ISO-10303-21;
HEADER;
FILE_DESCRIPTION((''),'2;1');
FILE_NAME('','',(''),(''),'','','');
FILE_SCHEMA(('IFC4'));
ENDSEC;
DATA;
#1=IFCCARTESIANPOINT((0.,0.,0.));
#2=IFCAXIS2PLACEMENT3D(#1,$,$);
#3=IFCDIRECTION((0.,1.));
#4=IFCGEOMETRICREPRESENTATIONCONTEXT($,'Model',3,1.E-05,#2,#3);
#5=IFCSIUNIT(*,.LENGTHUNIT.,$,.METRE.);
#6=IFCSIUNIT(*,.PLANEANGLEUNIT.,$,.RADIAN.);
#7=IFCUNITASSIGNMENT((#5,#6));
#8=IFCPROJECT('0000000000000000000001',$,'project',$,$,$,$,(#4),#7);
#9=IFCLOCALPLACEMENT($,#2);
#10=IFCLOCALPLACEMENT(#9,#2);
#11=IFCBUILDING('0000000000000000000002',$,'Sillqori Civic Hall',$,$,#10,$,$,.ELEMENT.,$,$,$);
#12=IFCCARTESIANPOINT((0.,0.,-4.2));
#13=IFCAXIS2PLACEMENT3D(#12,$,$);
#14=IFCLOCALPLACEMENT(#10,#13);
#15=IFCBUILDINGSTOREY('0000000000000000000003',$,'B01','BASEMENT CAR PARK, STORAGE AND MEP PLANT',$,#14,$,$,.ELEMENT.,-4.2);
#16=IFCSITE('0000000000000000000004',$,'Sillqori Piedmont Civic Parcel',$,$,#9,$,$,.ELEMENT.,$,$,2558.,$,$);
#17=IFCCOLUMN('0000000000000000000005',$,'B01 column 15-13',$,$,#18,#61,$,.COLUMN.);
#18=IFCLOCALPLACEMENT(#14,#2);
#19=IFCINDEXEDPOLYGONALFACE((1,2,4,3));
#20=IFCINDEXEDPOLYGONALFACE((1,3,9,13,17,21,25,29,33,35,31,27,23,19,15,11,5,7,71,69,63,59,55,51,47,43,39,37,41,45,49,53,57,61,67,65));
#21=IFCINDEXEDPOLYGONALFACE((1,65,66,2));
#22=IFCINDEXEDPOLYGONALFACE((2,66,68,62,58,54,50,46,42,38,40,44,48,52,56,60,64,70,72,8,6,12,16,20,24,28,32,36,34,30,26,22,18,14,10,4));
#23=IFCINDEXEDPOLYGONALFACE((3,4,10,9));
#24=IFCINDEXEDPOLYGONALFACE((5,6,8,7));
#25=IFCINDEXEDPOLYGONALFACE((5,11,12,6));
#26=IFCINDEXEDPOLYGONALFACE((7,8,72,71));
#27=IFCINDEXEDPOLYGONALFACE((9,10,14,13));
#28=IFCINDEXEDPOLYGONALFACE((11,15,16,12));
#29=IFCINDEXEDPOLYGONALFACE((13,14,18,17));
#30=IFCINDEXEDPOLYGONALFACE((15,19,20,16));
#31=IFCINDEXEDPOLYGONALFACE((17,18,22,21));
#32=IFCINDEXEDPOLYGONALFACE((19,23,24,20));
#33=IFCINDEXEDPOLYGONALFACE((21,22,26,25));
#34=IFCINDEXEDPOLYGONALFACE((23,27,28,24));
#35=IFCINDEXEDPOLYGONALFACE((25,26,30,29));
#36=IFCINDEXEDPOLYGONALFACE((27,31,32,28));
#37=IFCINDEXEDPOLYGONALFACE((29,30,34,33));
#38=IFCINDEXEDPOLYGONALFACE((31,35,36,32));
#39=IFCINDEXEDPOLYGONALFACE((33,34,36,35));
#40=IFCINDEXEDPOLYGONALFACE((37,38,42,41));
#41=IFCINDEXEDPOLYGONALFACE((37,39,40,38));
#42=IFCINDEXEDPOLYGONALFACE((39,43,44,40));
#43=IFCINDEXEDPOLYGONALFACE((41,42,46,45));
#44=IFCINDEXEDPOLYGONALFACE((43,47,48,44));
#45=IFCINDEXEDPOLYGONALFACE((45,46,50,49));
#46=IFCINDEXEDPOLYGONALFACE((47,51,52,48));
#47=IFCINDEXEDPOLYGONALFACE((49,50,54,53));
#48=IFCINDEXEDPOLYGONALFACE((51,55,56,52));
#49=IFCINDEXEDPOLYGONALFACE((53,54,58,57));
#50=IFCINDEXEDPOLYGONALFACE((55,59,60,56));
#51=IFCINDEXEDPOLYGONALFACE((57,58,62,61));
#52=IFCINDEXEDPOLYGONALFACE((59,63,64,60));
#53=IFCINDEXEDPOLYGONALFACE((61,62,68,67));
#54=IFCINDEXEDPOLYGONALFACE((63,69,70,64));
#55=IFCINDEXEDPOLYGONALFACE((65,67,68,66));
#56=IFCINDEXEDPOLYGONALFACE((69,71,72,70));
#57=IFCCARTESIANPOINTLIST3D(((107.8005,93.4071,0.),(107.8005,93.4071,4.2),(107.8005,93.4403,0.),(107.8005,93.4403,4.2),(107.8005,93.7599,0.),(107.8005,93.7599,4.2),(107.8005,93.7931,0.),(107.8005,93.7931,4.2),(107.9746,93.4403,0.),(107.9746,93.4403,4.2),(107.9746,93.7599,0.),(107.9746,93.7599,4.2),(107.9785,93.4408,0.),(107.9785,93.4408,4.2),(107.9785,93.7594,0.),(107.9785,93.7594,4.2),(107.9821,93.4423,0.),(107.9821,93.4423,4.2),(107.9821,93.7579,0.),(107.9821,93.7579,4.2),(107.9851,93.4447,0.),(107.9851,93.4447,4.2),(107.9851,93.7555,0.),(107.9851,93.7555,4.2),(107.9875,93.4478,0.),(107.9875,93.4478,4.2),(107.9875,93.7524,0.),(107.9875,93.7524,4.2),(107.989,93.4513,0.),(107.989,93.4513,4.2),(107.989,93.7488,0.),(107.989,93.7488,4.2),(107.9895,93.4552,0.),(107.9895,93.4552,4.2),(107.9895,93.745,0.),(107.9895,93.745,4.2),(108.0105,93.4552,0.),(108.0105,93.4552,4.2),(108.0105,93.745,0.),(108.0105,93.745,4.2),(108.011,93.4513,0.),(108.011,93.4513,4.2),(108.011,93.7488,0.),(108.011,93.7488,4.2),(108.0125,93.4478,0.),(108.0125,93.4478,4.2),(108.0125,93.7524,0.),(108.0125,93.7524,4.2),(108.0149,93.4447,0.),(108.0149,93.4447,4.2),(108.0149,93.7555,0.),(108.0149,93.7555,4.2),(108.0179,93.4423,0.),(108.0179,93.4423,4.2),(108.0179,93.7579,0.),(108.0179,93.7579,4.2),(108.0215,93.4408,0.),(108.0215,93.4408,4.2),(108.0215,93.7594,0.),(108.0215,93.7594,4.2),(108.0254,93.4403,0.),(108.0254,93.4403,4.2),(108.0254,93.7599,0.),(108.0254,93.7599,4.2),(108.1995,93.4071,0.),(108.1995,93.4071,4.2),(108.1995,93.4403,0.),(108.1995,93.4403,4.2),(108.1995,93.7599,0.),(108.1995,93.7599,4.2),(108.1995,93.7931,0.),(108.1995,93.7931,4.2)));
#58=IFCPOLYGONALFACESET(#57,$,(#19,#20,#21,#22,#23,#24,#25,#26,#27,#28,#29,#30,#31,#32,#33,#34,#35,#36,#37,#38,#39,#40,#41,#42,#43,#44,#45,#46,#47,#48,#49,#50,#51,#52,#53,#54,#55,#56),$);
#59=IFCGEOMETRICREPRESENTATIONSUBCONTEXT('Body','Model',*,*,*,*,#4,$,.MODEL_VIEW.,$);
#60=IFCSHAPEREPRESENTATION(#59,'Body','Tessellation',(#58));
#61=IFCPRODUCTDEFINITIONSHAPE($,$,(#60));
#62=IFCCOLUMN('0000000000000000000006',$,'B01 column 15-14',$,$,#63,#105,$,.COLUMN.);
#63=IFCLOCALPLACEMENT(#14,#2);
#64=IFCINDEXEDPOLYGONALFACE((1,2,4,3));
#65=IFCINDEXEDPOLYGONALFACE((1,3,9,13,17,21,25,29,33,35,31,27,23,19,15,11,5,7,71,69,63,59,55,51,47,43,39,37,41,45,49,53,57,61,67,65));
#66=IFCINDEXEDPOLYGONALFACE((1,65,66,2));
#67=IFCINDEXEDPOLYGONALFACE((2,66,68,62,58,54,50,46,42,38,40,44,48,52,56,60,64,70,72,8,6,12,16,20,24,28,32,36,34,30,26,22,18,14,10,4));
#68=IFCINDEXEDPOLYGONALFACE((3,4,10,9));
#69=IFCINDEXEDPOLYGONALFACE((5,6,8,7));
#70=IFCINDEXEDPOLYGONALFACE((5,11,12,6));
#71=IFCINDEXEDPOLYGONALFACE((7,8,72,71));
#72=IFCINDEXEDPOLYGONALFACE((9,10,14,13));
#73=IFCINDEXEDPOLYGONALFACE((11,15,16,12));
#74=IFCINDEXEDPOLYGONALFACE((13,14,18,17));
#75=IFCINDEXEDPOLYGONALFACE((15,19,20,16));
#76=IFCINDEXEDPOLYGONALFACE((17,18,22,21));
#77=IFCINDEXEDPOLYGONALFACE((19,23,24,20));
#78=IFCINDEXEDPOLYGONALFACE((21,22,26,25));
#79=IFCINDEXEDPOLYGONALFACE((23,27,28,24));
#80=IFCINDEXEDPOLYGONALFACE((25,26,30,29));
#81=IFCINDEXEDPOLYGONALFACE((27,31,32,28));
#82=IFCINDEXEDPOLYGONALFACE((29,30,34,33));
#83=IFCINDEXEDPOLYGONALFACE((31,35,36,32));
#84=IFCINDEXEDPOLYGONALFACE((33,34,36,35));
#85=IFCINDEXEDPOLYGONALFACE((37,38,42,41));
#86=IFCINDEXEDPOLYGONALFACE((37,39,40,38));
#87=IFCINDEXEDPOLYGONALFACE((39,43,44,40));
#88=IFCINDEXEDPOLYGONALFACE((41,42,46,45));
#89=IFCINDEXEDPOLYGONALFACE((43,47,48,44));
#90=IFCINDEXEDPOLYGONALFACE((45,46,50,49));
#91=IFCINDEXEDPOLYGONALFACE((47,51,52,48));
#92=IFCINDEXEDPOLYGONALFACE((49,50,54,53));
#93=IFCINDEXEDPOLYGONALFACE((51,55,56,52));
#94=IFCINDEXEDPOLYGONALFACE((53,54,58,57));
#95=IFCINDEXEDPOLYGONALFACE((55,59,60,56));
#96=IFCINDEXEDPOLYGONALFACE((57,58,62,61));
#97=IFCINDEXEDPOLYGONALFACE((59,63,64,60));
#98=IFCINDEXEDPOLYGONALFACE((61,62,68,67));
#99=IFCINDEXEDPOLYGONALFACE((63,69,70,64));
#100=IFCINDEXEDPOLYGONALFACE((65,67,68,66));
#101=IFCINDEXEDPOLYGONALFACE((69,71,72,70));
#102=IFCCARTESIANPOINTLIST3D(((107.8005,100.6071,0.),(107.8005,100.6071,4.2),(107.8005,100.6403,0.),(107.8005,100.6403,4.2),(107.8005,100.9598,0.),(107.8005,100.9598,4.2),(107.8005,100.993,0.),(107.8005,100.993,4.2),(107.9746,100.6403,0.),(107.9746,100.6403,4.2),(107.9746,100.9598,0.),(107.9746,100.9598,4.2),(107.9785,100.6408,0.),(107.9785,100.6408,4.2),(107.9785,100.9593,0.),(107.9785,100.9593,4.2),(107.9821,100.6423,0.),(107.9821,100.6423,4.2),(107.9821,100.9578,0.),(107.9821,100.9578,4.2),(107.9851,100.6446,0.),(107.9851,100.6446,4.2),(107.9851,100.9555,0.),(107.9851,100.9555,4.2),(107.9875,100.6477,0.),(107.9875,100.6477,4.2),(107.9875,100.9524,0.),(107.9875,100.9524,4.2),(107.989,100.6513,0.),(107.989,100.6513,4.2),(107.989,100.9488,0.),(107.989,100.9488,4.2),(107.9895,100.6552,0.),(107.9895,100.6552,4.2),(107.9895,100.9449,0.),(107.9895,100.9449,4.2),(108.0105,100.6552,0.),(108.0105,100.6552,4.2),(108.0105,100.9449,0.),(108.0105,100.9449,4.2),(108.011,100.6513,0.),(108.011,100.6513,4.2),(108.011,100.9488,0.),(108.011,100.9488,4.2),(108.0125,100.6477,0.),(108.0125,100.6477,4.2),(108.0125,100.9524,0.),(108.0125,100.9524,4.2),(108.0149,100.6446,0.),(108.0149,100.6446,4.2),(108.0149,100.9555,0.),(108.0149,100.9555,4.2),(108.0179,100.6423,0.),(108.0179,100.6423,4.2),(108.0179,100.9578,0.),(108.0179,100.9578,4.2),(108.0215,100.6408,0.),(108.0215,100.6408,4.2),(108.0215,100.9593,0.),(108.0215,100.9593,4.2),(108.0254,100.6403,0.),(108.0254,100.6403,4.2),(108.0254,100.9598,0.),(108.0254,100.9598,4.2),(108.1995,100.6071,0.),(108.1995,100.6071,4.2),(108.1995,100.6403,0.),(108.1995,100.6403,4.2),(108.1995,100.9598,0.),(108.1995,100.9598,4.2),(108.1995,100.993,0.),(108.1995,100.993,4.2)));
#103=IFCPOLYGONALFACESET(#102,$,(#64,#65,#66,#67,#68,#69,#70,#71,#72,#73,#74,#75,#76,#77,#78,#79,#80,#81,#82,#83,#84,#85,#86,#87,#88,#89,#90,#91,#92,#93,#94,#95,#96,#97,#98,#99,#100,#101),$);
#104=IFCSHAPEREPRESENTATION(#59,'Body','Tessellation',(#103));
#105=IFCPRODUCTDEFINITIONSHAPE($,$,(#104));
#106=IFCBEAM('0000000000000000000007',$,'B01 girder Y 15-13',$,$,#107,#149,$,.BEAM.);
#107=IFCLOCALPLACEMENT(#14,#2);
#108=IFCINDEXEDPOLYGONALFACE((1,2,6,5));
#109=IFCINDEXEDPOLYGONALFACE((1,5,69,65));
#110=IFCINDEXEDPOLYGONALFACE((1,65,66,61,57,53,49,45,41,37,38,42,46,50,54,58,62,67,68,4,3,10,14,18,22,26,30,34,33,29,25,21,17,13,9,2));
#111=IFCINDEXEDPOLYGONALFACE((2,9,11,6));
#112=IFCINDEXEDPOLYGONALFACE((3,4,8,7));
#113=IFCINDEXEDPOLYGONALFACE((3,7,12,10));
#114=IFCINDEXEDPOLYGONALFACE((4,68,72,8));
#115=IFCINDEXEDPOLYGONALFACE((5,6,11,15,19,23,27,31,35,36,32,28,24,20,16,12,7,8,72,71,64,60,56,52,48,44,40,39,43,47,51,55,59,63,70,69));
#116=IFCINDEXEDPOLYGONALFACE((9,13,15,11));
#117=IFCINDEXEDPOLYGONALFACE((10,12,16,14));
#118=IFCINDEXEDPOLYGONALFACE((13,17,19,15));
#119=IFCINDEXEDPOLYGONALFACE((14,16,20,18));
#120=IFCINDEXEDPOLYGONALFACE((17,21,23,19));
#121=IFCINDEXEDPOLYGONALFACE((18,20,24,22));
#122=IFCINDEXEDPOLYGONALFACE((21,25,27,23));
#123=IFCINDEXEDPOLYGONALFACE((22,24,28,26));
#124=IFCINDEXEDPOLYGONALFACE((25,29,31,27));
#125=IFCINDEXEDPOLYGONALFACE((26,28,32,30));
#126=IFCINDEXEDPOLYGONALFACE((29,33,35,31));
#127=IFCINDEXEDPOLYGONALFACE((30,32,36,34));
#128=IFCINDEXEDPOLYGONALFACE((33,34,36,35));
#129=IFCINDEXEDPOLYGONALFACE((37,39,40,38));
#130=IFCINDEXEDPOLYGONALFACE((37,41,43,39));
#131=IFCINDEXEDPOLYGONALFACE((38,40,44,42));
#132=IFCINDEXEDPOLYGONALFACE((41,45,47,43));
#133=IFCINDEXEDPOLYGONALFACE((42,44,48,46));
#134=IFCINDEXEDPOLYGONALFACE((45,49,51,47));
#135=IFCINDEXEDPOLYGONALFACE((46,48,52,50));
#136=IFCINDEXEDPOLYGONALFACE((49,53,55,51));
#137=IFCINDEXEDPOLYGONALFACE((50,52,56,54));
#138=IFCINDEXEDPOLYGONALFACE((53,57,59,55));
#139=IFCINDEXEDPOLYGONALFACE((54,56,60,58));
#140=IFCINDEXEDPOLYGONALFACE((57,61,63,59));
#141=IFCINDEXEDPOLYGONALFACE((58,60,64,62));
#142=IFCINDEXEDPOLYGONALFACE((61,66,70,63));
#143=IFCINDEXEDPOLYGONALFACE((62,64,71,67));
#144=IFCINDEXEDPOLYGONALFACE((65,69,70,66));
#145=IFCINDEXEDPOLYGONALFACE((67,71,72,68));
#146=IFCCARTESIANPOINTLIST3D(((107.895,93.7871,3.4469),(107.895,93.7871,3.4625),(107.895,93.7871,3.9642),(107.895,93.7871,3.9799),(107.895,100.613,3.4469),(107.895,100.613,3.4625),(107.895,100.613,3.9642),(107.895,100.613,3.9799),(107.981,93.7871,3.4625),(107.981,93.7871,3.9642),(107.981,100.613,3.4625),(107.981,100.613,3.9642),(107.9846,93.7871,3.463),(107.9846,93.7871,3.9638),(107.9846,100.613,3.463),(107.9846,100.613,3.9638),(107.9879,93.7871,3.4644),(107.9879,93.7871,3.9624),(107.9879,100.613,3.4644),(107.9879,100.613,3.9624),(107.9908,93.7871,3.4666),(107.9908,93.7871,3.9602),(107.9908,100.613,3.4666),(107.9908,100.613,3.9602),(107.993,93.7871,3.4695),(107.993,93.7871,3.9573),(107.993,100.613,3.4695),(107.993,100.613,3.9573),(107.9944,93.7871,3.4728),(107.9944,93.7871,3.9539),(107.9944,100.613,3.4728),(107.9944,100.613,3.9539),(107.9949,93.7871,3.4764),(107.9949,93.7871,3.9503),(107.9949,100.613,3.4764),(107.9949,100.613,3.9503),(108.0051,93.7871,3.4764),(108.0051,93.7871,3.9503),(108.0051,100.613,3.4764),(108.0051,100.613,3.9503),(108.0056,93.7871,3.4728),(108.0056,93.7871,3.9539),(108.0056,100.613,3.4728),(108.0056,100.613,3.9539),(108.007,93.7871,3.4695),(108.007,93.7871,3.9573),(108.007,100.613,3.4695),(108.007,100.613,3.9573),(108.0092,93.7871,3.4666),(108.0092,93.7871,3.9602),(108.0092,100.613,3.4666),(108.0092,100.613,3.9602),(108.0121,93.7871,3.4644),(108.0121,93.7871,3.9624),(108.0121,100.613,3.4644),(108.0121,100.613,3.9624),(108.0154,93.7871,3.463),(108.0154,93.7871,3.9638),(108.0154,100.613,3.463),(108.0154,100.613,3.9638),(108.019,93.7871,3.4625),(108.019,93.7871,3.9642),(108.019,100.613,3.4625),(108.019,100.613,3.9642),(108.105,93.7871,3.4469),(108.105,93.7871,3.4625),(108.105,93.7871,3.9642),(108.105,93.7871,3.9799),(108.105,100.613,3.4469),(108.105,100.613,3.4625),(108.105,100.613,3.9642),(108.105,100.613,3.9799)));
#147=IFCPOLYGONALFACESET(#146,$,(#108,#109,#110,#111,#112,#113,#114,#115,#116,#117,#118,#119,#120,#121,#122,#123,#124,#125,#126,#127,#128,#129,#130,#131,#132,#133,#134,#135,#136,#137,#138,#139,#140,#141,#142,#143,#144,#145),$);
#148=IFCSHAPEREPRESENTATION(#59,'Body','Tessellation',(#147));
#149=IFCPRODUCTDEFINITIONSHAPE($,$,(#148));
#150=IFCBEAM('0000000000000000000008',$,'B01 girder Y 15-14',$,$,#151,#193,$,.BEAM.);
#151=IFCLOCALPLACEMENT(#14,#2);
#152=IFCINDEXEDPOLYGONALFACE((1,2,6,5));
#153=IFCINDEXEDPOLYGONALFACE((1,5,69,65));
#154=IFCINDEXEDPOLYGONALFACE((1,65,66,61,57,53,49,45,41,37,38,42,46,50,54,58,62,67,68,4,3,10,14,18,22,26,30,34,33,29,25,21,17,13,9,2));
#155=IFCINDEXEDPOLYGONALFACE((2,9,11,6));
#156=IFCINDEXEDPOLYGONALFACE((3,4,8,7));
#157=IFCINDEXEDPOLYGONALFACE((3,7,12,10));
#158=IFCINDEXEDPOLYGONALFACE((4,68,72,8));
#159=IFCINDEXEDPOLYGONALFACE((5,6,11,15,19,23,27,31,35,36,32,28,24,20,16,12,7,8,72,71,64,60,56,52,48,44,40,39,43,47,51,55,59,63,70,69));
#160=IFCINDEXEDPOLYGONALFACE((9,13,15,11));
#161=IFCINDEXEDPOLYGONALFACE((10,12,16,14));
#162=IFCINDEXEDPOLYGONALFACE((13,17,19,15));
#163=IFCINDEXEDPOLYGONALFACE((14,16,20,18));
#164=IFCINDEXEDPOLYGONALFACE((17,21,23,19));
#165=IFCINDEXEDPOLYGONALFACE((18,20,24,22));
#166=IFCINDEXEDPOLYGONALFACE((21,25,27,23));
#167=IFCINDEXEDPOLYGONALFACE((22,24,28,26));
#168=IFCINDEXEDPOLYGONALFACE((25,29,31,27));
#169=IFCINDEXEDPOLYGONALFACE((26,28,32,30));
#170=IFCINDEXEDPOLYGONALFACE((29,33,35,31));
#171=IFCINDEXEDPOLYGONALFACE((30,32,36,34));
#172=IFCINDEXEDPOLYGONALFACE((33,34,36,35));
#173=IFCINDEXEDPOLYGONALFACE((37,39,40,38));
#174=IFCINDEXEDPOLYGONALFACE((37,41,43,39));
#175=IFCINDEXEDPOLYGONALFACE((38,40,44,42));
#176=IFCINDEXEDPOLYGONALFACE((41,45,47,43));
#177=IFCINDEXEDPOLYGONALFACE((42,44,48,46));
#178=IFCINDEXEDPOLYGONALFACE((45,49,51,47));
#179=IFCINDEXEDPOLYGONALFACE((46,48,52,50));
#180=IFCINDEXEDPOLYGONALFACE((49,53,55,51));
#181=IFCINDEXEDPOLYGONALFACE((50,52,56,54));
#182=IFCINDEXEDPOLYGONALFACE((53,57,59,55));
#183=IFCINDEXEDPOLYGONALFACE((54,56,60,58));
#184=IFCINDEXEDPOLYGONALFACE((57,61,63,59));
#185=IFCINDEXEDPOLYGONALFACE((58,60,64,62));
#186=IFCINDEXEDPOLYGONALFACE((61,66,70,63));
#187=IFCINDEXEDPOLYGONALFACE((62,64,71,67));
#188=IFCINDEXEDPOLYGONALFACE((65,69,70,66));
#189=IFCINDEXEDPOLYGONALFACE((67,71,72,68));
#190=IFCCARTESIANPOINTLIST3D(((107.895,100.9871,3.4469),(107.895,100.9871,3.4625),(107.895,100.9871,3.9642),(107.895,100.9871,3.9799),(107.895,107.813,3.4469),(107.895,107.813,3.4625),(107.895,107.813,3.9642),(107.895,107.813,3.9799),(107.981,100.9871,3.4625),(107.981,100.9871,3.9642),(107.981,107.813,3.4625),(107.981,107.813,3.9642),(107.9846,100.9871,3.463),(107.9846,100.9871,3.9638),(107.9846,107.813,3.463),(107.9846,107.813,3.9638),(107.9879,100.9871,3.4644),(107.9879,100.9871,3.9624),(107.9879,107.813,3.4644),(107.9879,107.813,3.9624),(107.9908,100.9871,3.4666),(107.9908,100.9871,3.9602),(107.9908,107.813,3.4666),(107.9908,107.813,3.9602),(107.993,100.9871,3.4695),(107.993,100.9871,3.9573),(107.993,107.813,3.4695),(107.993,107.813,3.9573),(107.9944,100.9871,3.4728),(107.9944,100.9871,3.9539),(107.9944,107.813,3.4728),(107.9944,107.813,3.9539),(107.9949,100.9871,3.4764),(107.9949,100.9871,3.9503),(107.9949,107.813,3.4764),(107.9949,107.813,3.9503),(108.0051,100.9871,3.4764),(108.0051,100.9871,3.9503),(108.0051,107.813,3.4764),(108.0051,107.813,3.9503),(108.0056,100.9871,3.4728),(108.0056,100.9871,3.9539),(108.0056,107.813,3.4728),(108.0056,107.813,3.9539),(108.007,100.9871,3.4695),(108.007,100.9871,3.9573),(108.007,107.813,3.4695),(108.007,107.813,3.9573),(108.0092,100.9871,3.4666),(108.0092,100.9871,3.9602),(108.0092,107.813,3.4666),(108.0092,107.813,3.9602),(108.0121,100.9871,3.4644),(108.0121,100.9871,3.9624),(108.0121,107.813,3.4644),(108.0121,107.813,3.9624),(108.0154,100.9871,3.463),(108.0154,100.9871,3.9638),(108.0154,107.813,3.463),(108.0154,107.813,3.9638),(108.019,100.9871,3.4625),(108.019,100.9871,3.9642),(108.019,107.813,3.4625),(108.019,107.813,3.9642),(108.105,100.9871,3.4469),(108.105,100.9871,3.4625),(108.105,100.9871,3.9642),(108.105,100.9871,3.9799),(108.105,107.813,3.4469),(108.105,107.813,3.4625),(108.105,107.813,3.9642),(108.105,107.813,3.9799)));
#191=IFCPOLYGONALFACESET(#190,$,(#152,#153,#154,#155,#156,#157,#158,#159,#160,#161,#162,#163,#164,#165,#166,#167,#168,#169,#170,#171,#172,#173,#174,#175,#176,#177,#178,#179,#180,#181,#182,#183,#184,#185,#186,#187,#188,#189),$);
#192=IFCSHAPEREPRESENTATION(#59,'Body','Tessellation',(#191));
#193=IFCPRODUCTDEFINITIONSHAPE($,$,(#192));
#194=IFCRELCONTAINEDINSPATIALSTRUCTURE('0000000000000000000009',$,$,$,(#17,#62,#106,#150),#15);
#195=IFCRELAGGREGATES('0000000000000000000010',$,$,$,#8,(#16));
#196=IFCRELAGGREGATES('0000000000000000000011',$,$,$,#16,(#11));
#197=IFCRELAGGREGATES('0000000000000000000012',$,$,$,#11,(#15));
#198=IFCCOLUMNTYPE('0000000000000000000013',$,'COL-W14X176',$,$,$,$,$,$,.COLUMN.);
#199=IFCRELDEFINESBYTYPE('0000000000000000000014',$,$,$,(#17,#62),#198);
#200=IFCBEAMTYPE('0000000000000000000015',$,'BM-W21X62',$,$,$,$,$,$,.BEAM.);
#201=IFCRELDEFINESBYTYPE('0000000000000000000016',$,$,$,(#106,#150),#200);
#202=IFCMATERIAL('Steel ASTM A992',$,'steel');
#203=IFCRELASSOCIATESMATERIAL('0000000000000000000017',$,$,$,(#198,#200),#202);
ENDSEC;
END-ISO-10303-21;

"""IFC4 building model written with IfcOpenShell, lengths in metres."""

from ifc_helpers import new_model, si_unit, direction, frame, origin, origin_2d, place, context, subcontext, project, spatial, i_section, extrude, material, material_profile, profile_set, type_object, element, save


model = new_model("IFC4")

# Units and contexts
model_context = context("Model", 3, precision=1e-05, world=origin(), true_north=direction((0.0, 1.0)))
body_context = subcontext(model_context, "Body", "Model", "MODEL_VIEW")
ifc_project = project(units=[si_unit("LENGTHUNIT", "METRE"), si_unit("PLANEANGLEUNIT", "RADIAN")], contexts=[model_context])

# Site, building, storey
site_placement = place(None, origin())
site = spatial("IfcSite", under=ifc_project, at=site_placement, Name="Sillqori Piedmont Civic Parcel", CompositionType="ELEMENT", RefElevation=2558.0)
building_placement = place(site_placement, origin())
building = spatial("IfcBuilding", under=site, at=building_placement, Name="Sillqori Civic Hall", CompositionType="ELEMENT")
storey_placement = place(building_placement, frame((0.0, 0.0, -4.2)))
storey = spatial("IfcBuildingStorey", under=building, at=storey_placement, Name="B01", Description="BASEMENT CAR PARK, STORAGE AND MEP PLANT", CompositionType="ELEMENT", Elevation=-4.2)

# Columns
ifc_material_1 = material(Name="Steel ASTM A992", Category="steel")
ifc_material_profile_1 = material_profile(ifc_material_1, i_section(OverallWidth=0.3989, OverallDepth=0.386, WebThickness=0.021, FlangeThickness=0.0332, FilletRadius=0.0149, at=origin_2d()), Name="W14X176")
ifc_profile_set_1 = profile_set([ifc_material_profile_1], Name="Steel ASTM A992")
column_type = type_object("IfcColumnType", Name="COL-W14X176", PredefinedType="COLUMN", material=ifc_profile_set_1)
for number, where, z_axis, x_axis, name in (
    (1, (108.0, 93.6001, 0.0), (0.0, 0.0, 1.0), (1.0, 0.0, 0.0), "B01 column 15-13"),
    (2, (108.0, 100.8, 0.0), (0.0, 0.0, 1.0), (1.0, 0.0, 0.0), "B01 column 15-14"),
):
    element("IfcColumn", number, at=place(storey_placement, frame(where, z_axis=z_axis, x_axis=x_axis)), inside=storey, type_object=column_type, Name=name, PredefinedType="COLUMN", context=body_context, shape_type="SweptSolid", body=[
        extrude(i_section(OverallWidth=0.3989, OverallDepth=0.386, WebThickness=0.021, FlangeThickness=0.0332, FilletRadius=0.0149, at=origin_2d()), origin(), (0.0, 0.0, 1.0), 4.2),
    ])

# Beams
ifc_material_profile_2 = material_profile(ifc_material_1, i_section(OverallWidth=0.21, OverallDepth=0.533, WebThickness=0.0103, FlangeThickness=0.0156, FilletRadius=0.0139, at=origin_2d()), Name="W21X62")
ifc_profile_set_2 = profile_set([ifc_material_profile_2], Name="Steel ASTM A992")
beam_type_1 = type_object("IfcBeamType", Name="BM-W21X62", PredefinedType="BEAM", material=ifc_profile_set_2)
for number, where, z_axis, x_axis, name in (
    (3, (108.0, 93.7871, 3.7134), (0.0, 1.0, 0.0), (-1.0, 0.0, 0.0), "B01 girder Y 15-13"),
    (4, (108.0, 100.9871, 3.7134), (0.0, 1.0, 0.0), (-1.0, 0.0, 0.0), "B01 girder Y 15-14"),
):
    element("IfcBeam", number, at=place(storey_placement, frame(where, z_axis=z_axis, x_axis=x_axis)), inside=storey, type_object=beam_type_1, Name=name, PredefinedType="BEAM", context=body_context, shape_type="SweptSolid", body=[
        extrude(i_section(OverallWidth=0.21, OverallDepth=0.533, WebThickness=0.0103, FlangeThickness=0.0156, FilletRadius=0.0139, at=origin_2d()), origin(), (0.0, 0.0, 1.0), 6.8259),
    ])

save(model, "model.ifc")
